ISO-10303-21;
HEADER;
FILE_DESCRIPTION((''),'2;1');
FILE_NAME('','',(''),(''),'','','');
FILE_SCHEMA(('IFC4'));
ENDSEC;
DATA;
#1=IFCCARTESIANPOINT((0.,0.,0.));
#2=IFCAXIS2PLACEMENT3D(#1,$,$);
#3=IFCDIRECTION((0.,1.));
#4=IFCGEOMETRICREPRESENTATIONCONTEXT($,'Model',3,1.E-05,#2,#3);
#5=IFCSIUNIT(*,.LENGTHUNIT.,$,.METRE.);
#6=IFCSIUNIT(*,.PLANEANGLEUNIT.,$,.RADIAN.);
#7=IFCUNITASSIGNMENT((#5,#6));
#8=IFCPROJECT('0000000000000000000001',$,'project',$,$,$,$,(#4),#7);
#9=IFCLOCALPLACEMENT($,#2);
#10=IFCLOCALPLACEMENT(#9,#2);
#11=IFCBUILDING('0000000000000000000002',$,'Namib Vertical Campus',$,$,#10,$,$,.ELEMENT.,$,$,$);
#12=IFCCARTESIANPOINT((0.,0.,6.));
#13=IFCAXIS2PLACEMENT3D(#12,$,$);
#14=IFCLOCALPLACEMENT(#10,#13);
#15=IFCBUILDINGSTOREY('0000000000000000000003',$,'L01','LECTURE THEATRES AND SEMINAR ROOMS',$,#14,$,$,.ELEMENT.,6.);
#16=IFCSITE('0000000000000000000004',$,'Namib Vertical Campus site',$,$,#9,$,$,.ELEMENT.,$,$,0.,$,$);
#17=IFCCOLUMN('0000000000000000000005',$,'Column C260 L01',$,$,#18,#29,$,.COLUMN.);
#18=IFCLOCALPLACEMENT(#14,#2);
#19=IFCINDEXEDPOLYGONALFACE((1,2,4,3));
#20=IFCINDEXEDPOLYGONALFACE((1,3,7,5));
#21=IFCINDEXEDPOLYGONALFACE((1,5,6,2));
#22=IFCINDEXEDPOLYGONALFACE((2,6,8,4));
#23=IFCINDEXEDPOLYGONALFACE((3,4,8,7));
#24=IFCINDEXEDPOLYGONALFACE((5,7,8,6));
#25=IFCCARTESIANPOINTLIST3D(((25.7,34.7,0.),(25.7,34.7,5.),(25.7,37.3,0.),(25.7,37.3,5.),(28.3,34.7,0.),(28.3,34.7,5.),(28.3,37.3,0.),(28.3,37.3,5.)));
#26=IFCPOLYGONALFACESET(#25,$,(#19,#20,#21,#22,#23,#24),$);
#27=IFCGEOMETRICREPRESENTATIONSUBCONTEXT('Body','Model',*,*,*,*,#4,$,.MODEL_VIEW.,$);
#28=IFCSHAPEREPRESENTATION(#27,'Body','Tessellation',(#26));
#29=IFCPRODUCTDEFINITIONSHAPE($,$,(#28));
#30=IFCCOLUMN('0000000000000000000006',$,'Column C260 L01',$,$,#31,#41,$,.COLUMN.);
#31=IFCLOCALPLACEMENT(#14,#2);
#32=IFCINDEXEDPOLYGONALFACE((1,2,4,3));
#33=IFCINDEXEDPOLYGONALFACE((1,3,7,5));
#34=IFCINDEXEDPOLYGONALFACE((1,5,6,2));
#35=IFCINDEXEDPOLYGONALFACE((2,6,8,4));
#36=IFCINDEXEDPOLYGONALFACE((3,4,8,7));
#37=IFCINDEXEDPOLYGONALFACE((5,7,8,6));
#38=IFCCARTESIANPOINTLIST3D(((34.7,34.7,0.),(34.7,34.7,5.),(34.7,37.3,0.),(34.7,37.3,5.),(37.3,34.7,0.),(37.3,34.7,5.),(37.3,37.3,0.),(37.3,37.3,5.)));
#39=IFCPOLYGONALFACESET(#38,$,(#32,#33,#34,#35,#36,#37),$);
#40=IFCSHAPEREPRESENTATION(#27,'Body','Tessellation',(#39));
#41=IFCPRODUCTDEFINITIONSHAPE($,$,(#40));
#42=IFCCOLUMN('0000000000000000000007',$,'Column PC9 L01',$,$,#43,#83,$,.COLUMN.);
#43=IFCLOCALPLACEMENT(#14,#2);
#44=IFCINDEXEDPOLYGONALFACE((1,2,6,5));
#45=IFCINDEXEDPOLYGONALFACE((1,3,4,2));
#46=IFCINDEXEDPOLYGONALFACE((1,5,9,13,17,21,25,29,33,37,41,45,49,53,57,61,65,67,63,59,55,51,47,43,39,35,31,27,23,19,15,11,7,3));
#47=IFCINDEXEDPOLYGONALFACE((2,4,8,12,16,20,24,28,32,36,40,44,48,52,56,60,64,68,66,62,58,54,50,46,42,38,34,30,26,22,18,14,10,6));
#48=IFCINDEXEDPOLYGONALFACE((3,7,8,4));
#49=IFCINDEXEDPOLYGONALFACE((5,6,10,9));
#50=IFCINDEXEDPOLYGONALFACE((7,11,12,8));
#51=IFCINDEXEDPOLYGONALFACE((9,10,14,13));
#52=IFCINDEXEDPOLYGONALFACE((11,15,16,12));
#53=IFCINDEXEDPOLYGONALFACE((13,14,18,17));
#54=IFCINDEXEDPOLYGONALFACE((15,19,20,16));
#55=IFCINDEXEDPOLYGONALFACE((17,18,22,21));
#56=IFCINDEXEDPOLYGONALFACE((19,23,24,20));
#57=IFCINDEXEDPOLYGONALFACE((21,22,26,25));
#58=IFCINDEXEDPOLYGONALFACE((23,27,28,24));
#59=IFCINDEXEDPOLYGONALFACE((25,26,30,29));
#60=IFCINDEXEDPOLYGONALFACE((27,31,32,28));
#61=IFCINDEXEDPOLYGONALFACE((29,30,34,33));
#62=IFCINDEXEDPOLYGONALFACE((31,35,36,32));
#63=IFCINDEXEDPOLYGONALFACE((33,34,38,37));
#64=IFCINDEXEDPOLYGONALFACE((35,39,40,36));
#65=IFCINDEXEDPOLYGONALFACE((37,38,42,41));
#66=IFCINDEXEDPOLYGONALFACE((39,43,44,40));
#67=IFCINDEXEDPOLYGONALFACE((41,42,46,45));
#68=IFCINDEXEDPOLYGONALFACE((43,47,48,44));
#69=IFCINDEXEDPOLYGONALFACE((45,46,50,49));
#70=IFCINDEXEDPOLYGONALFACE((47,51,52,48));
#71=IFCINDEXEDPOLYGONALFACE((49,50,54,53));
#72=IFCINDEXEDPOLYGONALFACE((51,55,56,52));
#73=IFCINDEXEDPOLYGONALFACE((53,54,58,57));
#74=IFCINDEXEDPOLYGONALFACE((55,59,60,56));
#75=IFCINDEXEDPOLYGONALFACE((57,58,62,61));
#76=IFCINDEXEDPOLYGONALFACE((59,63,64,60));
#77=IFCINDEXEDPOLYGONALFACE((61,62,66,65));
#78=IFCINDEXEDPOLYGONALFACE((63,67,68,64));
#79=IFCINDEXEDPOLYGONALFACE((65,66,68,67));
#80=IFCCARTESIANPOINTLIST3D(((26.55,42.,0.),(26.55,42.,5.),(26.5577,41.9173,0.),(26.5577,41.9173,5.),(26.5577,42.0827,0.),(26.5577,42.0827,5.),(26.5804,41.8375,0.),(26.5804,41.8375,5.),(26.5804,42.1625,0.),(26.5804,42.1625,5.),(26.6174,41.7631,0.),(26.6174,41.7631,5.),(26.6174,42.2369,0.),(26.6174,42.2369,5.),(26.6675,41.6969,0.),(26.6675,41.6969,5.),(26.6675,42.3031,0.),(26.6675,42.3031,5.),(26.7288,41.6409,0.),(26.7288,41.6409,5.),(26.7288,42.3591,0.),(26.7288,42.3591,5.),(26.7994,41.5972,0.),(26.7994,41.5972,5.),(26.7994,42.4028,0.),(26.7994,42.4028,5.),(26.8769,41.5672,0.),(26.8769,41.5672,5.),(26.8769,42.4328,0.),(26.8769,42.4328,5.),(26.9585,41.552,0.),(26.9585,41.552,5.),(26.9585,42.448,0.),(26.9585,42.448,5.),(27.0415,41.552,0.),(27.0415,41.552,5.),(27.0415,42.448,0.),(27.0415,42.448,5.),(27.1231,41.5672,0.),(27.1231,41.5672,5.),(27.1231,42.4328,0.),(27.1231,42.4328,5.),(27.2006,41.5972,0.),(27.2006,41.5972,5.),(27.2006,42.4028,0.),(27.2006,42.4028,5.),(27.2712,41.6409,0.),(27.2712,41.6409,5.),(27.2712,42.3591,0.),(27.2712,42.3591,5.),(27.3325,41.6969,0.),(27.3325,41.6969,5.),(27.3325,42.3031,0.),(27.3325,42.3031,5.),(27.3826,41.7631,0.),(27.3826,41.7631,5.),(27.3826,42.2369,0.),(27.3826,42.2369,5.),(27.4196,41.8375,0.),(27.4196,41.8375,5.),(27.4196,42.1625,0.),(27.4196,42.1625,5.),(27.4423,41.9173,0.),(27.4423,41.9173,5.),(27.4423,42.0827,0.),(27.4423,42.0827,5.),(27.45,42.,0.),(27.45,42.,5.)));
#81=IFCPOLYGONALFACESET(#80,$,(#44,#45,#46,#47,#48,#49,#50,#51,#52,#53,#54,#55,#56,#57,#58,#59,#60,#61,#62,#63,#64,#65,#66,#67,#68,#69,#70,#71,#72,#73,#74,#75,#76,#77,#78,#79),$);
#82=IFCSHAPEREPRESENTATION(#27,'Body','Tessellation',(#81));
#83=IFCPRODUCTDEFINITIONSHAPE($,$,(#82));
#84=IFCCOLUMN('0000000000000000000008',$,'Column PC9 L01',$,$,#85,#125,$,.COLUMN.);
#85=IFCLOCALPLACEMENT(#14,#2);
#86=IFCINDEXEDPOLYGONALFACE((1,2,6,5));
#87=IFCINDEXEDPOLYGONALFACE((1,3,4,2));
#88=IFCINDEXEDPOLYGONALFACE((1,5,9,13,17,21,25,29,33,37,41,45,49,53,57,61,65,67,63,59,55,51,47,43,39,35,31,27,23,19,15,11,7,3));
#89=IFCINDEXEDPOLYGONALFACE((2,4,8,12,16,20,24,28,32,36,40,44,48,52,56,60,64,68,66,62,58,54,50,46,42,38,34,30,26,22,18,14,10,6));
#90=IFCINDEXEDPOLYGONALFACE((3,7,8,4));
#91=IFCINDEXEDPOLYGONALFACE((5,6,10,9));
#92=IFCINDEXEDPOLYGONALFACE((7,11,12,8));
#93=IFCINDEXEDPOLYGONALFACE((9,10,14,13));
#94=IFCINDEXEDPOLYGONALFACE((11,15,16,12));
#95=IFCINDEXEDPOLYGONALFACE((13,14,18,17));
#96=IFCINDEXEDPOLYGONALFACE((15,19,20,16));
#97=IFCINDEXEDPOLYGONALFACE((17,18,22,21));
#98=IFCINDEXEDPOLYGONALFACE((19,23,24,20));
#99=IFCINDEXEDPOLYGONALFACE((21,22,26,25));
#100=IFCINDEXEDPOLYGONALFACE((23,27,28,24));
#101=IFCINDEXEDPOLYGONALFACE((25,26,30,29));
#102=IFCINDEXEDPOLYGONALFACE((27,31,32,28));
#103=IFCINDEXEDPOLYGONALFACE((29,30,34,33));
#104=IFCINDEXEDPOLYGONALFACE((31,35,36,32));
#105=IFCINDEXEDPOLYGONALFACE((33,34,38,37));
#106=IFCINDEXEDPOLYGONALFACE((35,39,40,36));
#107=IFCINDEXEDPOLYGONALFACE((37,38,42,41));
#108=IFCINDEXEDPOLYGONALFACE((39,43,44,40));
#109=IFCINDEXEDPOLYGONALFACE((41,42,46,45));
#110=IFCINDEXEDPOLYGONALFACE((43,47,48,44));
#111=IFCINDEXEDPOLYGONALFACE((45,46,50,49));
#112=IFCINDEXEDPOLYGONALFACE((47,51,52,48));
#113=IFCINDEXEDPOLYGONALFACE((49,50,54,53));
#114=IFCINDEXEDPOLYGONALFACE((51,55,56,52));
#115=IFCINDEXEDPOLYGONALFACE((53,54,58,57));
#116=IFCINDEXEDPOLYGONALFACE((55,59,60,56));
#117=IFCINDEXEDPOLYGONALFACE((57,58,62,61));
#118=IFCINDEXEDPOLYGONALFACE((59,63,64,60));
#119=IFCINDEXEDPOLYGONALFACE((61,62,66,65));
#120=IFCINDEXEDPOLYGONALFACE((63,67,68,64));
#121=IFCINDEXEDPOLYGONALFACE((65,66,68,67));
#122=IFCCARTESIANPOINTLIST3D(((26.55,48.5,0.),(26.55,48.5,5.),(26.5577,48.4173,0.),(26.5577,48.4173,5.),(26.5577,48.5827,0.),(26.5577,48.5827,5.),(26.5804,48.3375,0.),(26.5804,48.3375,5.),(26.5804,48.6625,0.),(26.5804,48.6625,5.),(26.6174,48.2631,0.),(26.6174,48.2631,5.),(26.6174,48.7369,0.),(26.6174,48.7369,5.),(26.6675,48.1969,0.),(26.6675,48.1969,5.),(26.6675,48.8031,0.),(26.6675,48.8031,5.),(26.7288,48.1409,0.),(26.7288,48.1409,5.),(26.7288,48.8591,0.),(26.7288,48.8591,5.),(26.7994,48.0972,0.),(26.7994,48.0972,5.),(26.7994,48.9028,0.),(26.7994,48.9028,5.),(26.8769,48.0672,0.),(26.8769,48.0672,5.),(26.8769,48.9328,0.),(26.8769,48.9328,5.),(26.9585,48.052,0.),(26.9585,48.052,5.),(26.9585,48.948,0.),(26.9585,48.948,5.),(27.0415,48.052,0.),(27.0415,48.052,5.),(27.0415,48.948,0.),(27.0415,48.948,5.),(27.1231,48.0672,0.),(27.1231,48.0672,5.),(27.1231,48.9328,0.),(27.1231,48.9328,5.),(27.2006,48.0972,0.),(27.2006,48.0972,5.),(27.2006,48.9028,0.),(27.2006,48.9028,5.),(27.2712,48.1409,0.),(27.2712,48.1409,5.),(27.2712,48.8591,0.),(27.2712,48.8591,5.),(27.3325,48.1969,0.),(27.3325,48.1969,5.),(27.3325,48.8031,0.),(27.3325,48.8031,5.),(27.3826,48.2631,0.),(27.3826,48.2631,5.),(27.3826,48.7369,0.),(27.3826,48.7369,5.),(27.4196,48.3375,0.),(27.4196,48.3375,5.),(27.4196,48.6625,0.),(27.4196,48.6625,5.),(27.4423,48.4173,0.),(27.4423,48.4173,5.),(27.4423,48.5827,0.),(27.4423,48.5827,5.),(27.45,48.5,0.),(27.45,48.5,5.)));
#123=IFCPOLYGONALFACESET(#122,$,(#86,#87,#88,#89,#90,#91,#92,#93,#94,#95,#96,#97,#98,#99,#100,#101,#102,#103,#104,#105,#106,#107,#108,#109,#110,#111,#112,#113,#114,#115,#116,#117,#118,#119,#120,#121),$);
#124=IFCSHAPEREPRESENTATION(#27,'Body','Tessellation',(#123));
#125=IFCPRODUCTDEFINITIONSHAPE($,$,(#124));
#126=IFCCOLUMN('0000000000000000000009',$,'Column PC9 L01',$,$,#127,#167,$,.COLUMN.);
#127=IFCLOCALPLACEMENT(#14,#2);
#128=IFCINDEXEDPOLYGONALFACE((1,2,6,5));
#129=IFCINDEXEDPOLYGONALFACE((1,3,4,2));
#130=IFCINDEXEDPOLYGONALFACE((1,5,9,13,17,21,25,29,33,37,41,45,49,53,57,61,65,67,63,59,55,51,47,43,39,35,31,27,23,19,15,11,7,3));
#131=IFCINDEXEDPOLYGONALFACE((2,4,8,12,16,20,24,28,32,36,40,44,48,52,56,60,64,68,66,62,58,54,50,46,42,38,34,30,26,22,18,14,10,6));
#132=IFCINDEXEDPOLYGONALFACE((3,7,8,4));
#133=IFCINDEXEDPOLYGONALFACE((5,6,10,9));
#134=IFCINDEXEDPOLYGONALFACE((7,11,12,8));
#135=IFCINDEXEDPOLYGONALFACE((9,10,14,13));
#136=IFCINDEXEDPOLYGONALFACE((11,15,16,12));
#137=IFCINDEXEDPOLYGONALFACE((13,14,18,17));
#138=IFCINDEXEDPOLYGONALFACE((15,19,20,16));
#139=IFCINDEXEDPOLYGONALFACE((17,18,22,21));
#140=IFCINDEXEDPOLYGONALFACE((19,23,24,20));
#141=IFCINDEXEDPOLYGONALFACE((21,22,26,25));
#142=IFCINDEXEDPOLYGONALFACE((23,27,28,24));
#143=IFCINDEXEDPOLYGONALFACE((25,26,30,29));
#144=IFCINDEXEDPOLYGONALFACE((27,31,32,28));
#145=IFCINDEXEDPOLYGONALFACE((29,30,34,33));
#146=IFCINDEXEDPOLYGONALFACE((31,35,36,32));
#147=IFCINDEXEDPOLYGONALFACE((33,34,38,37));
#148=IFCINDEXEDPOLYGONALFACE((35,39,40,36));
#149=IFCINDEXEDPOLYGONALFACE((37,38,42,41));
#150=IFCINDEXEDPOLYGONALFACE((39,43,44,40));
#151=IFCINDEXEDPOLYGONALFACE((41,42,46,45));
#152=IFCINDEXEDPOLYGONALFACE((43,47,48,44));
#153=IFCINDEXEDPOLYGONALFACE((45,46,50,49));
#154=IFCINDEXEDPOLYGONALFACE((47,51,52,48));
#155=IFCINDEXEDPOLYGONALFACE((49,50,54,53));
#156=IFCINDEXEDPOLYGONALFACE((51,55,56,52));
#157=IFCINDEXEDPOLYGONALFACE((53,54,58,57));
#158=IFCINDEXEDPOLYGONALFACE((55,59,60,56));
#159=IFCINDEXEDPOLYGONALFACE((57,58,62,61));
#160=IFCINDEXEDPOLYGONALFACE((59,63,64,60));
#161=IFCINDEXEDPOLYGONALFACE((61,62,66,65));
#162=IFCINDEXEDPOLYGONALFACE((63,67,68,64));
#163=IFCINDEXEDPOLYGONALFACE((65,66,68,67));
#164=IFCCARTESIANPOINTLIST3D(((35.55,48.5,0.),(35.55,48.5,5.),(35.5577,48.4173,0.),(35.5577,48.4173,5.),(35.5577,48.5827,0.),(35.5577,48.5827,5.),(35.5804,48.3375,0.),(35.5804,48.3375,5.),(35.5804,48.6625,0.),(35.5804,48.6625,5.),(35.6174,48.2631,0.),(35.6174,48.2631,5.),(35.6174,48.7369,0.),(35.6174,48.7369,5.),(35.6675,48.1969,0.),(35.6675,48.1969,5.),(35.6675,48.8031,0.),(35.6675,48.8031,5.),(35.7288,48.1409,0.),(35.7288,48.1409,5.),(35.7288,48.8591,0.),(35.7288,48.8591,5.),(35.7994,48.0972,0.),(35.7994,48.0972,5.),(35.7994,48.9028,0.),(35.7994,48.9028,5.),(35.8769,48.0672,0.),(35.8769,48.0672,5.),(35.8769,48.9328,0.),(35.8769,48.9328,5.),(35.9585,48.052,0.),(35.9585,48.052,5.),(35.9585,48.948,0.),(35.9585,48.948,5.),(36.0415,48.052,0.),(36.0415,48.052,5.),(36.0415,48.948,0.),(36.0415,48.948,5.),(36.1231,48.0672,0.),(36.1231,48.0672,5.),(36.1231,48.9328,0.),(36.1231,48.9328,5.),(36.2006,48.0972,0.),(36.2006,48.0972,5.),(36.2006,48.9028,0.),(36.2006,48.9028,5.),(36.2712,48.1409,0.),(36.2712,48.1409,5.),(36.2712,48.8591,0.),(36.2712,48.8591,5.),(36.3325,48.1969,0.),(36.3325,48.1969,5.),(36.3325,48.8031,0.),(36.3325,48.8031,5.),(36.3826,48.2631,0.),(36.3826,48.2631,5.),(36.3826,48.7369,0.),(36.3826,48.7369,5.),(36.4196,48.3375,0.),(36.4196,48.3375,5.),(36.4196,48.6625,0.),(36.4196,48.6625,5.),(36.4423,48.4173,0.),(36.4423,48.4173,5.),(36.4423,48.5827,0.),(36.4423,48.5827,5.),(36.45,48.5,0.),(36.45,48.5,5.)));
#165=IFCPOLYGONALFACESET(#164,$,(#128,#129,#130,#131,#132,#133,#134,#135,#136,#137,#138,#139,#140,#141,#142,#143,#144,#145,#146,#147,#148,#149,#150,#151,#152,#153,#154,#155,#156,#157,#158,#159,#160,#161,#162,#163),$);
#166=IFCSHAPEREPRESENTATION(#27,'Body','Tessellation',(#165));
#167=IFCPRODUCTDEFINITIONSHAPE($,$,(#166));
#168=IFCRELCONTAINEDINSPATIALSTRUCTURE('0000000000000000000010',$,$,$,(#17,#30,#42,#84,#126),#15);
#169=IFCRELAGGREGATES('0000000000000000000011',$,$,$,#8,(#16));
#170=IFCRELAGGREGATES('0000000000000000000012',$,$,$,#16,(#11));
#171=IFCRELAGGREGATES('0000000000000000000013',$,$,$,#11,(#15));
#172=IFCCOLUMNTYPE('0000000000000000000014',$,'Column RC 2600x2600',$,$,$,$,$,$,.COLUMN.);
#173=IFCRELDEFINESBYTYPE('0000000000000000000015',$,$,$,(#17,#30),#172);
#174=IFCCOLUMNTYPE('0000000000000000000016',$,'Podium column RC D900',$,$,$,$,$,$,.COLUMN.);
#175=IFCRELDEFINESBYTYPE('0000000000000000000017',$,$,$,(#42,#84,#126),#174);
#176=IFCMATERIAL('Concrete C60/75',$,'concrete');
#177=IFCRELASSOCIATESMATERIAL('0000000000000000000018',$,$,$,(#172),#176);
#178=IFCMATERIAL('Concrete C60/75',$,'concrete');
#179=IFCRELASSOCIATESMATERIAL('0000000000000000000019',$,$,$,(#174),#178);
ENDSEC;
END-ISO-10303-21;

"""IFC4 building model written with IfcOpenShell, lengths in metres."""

from ifc_helpers import new_model, si_unit, direction, frame, origin, origin_2d, place, context, subcontext, project, spatial, rectangle, circle, extrude, material, material_profile, profile_set, type_object, element, save


model = new_model("IFC4")

# Units and contexts
model_context = context("Model", 3, precision=1e-05, world=origin(), true_north=direction((0.0, 1.0)))
body_context = subcontext(model_context, "Body", "Model", "MODEL_VIEW")
ifc_project = project(units=[si_unit("LENGTHUNIT", "METRE"), si_unit("PLANEANGLEUNIT", "RADIAN")], contexts=[model_context])

# Site, building, storey
site_placement = place(None, origin())
site = spatial("IfcSite", under=ifc_project, at=site_placement, Name="Namib Vertical Campus site", CompositionType="ELEMENT", RefElevation=0.0)
building_placement = place(site_placement, origin())
building = spatial("IfcBuilding", under=site, at=building_placement, Name="Namib Vertical Campus", CompositionType="ELEMENT")
storey_placement = place(building_placement, frame((0.0, 0.0, 6.0)))
storey = spatial("IfcBuildingStorey", under=building, at=storey_placement, Name="L01", Description="LECTURE THEATRES AND SEMINAR ROOMS", CompositionType="ELEMENT", Elevation=6.0)

# Columns
ifc_material_1 = material(Name="Concrete C60/75", Category="concrete")
ifc_material_profile_1 = material_profile(ifc_material_1, rectangle(XDim=2.6001, YDim=2.6001, at=origin_2d()))
ifc_profile_set_1 = profile_set([ifc_material_profile_1], Name="Concrete C60/75")
column_type_1 = type_object("IfcColumnType", Name="Column RC 2600x2600", PredefinedType="COLUMN", material=ifc_profile_set_1)
for number, where, z_axis, x_axis, name in (
    (1, (27.0, 36.0, 0.0), (0.0, 0.0, 1.0), (1.0, 0.0, 0.0), "Column C260 L01"),
    (2, (36.0, 36.0, 0.0), (0.0, 0.0, 1.0), (1.0, 0.0, 0.0), "Column C260 L01"),
):
    element("IfcColumn", number, at=place(storey_placement, frame(where, z_axis=z_axis, x_axis=x_axis)), inside=storey, type_object=column_type_1, Name=name, PredefinedType="COLUMN", context=body_context, shape_type="SweptSolid", body=[
        extrude(rectangle(XDim=2.6001, YDim=2.6001, at=origin_2d()), origin(), (0.0, 0.0, 1.0), 5.0),
    ])
ifc_material_2 = material(Name="Concrete C60/75", Category="concrete")
ifc_material_profile_2 = material_profile(ifc_material_2, circle(Radius=0.45, at=origin_2d()))
ifc_profile_set_2 = profile_set([ifc_material_profile_2], Name="Concrete C60/75")
column_type_2 = type_object("IfcColumnType", Name="Podium column RC D900", PredefinedType="COLUMN", material=ifc_profile_set_2)
for number, where, z_axis, x_axis, name in (
    (3, (27.0, 42.0, 0.0), (0.0, 0.0, 1.0), (1.0, 0.0, 0.0), "Column PC9 L01"),
    (4, (27.0, 48.5, 0.0), (0.0, 0.0, 1.0), (1.0, 0.0, 0.0), "Column PC9 L01"),
    (5, (36.0, 48.5, 0.0), (0.0, 0.0, 1.0), (1.0, 0.0, 0.0), "Column PC9 L01"),
):
    element("IfcColumn", number, at=place(storey_placement, frame(where, z_axis=z_axis, x_axis=x_axis)), inside=storey, type_object=column_type_2, Name=name, PredefinedType="COLUMN", context=body_context, shape_type="SweptSolid", body=[
        extrude(circle(Radius=0.45, at=origin_2d()), origin(), (0.0, 0.0, 1.0), 5.0),
    ])

save(model, "model.ifc")
